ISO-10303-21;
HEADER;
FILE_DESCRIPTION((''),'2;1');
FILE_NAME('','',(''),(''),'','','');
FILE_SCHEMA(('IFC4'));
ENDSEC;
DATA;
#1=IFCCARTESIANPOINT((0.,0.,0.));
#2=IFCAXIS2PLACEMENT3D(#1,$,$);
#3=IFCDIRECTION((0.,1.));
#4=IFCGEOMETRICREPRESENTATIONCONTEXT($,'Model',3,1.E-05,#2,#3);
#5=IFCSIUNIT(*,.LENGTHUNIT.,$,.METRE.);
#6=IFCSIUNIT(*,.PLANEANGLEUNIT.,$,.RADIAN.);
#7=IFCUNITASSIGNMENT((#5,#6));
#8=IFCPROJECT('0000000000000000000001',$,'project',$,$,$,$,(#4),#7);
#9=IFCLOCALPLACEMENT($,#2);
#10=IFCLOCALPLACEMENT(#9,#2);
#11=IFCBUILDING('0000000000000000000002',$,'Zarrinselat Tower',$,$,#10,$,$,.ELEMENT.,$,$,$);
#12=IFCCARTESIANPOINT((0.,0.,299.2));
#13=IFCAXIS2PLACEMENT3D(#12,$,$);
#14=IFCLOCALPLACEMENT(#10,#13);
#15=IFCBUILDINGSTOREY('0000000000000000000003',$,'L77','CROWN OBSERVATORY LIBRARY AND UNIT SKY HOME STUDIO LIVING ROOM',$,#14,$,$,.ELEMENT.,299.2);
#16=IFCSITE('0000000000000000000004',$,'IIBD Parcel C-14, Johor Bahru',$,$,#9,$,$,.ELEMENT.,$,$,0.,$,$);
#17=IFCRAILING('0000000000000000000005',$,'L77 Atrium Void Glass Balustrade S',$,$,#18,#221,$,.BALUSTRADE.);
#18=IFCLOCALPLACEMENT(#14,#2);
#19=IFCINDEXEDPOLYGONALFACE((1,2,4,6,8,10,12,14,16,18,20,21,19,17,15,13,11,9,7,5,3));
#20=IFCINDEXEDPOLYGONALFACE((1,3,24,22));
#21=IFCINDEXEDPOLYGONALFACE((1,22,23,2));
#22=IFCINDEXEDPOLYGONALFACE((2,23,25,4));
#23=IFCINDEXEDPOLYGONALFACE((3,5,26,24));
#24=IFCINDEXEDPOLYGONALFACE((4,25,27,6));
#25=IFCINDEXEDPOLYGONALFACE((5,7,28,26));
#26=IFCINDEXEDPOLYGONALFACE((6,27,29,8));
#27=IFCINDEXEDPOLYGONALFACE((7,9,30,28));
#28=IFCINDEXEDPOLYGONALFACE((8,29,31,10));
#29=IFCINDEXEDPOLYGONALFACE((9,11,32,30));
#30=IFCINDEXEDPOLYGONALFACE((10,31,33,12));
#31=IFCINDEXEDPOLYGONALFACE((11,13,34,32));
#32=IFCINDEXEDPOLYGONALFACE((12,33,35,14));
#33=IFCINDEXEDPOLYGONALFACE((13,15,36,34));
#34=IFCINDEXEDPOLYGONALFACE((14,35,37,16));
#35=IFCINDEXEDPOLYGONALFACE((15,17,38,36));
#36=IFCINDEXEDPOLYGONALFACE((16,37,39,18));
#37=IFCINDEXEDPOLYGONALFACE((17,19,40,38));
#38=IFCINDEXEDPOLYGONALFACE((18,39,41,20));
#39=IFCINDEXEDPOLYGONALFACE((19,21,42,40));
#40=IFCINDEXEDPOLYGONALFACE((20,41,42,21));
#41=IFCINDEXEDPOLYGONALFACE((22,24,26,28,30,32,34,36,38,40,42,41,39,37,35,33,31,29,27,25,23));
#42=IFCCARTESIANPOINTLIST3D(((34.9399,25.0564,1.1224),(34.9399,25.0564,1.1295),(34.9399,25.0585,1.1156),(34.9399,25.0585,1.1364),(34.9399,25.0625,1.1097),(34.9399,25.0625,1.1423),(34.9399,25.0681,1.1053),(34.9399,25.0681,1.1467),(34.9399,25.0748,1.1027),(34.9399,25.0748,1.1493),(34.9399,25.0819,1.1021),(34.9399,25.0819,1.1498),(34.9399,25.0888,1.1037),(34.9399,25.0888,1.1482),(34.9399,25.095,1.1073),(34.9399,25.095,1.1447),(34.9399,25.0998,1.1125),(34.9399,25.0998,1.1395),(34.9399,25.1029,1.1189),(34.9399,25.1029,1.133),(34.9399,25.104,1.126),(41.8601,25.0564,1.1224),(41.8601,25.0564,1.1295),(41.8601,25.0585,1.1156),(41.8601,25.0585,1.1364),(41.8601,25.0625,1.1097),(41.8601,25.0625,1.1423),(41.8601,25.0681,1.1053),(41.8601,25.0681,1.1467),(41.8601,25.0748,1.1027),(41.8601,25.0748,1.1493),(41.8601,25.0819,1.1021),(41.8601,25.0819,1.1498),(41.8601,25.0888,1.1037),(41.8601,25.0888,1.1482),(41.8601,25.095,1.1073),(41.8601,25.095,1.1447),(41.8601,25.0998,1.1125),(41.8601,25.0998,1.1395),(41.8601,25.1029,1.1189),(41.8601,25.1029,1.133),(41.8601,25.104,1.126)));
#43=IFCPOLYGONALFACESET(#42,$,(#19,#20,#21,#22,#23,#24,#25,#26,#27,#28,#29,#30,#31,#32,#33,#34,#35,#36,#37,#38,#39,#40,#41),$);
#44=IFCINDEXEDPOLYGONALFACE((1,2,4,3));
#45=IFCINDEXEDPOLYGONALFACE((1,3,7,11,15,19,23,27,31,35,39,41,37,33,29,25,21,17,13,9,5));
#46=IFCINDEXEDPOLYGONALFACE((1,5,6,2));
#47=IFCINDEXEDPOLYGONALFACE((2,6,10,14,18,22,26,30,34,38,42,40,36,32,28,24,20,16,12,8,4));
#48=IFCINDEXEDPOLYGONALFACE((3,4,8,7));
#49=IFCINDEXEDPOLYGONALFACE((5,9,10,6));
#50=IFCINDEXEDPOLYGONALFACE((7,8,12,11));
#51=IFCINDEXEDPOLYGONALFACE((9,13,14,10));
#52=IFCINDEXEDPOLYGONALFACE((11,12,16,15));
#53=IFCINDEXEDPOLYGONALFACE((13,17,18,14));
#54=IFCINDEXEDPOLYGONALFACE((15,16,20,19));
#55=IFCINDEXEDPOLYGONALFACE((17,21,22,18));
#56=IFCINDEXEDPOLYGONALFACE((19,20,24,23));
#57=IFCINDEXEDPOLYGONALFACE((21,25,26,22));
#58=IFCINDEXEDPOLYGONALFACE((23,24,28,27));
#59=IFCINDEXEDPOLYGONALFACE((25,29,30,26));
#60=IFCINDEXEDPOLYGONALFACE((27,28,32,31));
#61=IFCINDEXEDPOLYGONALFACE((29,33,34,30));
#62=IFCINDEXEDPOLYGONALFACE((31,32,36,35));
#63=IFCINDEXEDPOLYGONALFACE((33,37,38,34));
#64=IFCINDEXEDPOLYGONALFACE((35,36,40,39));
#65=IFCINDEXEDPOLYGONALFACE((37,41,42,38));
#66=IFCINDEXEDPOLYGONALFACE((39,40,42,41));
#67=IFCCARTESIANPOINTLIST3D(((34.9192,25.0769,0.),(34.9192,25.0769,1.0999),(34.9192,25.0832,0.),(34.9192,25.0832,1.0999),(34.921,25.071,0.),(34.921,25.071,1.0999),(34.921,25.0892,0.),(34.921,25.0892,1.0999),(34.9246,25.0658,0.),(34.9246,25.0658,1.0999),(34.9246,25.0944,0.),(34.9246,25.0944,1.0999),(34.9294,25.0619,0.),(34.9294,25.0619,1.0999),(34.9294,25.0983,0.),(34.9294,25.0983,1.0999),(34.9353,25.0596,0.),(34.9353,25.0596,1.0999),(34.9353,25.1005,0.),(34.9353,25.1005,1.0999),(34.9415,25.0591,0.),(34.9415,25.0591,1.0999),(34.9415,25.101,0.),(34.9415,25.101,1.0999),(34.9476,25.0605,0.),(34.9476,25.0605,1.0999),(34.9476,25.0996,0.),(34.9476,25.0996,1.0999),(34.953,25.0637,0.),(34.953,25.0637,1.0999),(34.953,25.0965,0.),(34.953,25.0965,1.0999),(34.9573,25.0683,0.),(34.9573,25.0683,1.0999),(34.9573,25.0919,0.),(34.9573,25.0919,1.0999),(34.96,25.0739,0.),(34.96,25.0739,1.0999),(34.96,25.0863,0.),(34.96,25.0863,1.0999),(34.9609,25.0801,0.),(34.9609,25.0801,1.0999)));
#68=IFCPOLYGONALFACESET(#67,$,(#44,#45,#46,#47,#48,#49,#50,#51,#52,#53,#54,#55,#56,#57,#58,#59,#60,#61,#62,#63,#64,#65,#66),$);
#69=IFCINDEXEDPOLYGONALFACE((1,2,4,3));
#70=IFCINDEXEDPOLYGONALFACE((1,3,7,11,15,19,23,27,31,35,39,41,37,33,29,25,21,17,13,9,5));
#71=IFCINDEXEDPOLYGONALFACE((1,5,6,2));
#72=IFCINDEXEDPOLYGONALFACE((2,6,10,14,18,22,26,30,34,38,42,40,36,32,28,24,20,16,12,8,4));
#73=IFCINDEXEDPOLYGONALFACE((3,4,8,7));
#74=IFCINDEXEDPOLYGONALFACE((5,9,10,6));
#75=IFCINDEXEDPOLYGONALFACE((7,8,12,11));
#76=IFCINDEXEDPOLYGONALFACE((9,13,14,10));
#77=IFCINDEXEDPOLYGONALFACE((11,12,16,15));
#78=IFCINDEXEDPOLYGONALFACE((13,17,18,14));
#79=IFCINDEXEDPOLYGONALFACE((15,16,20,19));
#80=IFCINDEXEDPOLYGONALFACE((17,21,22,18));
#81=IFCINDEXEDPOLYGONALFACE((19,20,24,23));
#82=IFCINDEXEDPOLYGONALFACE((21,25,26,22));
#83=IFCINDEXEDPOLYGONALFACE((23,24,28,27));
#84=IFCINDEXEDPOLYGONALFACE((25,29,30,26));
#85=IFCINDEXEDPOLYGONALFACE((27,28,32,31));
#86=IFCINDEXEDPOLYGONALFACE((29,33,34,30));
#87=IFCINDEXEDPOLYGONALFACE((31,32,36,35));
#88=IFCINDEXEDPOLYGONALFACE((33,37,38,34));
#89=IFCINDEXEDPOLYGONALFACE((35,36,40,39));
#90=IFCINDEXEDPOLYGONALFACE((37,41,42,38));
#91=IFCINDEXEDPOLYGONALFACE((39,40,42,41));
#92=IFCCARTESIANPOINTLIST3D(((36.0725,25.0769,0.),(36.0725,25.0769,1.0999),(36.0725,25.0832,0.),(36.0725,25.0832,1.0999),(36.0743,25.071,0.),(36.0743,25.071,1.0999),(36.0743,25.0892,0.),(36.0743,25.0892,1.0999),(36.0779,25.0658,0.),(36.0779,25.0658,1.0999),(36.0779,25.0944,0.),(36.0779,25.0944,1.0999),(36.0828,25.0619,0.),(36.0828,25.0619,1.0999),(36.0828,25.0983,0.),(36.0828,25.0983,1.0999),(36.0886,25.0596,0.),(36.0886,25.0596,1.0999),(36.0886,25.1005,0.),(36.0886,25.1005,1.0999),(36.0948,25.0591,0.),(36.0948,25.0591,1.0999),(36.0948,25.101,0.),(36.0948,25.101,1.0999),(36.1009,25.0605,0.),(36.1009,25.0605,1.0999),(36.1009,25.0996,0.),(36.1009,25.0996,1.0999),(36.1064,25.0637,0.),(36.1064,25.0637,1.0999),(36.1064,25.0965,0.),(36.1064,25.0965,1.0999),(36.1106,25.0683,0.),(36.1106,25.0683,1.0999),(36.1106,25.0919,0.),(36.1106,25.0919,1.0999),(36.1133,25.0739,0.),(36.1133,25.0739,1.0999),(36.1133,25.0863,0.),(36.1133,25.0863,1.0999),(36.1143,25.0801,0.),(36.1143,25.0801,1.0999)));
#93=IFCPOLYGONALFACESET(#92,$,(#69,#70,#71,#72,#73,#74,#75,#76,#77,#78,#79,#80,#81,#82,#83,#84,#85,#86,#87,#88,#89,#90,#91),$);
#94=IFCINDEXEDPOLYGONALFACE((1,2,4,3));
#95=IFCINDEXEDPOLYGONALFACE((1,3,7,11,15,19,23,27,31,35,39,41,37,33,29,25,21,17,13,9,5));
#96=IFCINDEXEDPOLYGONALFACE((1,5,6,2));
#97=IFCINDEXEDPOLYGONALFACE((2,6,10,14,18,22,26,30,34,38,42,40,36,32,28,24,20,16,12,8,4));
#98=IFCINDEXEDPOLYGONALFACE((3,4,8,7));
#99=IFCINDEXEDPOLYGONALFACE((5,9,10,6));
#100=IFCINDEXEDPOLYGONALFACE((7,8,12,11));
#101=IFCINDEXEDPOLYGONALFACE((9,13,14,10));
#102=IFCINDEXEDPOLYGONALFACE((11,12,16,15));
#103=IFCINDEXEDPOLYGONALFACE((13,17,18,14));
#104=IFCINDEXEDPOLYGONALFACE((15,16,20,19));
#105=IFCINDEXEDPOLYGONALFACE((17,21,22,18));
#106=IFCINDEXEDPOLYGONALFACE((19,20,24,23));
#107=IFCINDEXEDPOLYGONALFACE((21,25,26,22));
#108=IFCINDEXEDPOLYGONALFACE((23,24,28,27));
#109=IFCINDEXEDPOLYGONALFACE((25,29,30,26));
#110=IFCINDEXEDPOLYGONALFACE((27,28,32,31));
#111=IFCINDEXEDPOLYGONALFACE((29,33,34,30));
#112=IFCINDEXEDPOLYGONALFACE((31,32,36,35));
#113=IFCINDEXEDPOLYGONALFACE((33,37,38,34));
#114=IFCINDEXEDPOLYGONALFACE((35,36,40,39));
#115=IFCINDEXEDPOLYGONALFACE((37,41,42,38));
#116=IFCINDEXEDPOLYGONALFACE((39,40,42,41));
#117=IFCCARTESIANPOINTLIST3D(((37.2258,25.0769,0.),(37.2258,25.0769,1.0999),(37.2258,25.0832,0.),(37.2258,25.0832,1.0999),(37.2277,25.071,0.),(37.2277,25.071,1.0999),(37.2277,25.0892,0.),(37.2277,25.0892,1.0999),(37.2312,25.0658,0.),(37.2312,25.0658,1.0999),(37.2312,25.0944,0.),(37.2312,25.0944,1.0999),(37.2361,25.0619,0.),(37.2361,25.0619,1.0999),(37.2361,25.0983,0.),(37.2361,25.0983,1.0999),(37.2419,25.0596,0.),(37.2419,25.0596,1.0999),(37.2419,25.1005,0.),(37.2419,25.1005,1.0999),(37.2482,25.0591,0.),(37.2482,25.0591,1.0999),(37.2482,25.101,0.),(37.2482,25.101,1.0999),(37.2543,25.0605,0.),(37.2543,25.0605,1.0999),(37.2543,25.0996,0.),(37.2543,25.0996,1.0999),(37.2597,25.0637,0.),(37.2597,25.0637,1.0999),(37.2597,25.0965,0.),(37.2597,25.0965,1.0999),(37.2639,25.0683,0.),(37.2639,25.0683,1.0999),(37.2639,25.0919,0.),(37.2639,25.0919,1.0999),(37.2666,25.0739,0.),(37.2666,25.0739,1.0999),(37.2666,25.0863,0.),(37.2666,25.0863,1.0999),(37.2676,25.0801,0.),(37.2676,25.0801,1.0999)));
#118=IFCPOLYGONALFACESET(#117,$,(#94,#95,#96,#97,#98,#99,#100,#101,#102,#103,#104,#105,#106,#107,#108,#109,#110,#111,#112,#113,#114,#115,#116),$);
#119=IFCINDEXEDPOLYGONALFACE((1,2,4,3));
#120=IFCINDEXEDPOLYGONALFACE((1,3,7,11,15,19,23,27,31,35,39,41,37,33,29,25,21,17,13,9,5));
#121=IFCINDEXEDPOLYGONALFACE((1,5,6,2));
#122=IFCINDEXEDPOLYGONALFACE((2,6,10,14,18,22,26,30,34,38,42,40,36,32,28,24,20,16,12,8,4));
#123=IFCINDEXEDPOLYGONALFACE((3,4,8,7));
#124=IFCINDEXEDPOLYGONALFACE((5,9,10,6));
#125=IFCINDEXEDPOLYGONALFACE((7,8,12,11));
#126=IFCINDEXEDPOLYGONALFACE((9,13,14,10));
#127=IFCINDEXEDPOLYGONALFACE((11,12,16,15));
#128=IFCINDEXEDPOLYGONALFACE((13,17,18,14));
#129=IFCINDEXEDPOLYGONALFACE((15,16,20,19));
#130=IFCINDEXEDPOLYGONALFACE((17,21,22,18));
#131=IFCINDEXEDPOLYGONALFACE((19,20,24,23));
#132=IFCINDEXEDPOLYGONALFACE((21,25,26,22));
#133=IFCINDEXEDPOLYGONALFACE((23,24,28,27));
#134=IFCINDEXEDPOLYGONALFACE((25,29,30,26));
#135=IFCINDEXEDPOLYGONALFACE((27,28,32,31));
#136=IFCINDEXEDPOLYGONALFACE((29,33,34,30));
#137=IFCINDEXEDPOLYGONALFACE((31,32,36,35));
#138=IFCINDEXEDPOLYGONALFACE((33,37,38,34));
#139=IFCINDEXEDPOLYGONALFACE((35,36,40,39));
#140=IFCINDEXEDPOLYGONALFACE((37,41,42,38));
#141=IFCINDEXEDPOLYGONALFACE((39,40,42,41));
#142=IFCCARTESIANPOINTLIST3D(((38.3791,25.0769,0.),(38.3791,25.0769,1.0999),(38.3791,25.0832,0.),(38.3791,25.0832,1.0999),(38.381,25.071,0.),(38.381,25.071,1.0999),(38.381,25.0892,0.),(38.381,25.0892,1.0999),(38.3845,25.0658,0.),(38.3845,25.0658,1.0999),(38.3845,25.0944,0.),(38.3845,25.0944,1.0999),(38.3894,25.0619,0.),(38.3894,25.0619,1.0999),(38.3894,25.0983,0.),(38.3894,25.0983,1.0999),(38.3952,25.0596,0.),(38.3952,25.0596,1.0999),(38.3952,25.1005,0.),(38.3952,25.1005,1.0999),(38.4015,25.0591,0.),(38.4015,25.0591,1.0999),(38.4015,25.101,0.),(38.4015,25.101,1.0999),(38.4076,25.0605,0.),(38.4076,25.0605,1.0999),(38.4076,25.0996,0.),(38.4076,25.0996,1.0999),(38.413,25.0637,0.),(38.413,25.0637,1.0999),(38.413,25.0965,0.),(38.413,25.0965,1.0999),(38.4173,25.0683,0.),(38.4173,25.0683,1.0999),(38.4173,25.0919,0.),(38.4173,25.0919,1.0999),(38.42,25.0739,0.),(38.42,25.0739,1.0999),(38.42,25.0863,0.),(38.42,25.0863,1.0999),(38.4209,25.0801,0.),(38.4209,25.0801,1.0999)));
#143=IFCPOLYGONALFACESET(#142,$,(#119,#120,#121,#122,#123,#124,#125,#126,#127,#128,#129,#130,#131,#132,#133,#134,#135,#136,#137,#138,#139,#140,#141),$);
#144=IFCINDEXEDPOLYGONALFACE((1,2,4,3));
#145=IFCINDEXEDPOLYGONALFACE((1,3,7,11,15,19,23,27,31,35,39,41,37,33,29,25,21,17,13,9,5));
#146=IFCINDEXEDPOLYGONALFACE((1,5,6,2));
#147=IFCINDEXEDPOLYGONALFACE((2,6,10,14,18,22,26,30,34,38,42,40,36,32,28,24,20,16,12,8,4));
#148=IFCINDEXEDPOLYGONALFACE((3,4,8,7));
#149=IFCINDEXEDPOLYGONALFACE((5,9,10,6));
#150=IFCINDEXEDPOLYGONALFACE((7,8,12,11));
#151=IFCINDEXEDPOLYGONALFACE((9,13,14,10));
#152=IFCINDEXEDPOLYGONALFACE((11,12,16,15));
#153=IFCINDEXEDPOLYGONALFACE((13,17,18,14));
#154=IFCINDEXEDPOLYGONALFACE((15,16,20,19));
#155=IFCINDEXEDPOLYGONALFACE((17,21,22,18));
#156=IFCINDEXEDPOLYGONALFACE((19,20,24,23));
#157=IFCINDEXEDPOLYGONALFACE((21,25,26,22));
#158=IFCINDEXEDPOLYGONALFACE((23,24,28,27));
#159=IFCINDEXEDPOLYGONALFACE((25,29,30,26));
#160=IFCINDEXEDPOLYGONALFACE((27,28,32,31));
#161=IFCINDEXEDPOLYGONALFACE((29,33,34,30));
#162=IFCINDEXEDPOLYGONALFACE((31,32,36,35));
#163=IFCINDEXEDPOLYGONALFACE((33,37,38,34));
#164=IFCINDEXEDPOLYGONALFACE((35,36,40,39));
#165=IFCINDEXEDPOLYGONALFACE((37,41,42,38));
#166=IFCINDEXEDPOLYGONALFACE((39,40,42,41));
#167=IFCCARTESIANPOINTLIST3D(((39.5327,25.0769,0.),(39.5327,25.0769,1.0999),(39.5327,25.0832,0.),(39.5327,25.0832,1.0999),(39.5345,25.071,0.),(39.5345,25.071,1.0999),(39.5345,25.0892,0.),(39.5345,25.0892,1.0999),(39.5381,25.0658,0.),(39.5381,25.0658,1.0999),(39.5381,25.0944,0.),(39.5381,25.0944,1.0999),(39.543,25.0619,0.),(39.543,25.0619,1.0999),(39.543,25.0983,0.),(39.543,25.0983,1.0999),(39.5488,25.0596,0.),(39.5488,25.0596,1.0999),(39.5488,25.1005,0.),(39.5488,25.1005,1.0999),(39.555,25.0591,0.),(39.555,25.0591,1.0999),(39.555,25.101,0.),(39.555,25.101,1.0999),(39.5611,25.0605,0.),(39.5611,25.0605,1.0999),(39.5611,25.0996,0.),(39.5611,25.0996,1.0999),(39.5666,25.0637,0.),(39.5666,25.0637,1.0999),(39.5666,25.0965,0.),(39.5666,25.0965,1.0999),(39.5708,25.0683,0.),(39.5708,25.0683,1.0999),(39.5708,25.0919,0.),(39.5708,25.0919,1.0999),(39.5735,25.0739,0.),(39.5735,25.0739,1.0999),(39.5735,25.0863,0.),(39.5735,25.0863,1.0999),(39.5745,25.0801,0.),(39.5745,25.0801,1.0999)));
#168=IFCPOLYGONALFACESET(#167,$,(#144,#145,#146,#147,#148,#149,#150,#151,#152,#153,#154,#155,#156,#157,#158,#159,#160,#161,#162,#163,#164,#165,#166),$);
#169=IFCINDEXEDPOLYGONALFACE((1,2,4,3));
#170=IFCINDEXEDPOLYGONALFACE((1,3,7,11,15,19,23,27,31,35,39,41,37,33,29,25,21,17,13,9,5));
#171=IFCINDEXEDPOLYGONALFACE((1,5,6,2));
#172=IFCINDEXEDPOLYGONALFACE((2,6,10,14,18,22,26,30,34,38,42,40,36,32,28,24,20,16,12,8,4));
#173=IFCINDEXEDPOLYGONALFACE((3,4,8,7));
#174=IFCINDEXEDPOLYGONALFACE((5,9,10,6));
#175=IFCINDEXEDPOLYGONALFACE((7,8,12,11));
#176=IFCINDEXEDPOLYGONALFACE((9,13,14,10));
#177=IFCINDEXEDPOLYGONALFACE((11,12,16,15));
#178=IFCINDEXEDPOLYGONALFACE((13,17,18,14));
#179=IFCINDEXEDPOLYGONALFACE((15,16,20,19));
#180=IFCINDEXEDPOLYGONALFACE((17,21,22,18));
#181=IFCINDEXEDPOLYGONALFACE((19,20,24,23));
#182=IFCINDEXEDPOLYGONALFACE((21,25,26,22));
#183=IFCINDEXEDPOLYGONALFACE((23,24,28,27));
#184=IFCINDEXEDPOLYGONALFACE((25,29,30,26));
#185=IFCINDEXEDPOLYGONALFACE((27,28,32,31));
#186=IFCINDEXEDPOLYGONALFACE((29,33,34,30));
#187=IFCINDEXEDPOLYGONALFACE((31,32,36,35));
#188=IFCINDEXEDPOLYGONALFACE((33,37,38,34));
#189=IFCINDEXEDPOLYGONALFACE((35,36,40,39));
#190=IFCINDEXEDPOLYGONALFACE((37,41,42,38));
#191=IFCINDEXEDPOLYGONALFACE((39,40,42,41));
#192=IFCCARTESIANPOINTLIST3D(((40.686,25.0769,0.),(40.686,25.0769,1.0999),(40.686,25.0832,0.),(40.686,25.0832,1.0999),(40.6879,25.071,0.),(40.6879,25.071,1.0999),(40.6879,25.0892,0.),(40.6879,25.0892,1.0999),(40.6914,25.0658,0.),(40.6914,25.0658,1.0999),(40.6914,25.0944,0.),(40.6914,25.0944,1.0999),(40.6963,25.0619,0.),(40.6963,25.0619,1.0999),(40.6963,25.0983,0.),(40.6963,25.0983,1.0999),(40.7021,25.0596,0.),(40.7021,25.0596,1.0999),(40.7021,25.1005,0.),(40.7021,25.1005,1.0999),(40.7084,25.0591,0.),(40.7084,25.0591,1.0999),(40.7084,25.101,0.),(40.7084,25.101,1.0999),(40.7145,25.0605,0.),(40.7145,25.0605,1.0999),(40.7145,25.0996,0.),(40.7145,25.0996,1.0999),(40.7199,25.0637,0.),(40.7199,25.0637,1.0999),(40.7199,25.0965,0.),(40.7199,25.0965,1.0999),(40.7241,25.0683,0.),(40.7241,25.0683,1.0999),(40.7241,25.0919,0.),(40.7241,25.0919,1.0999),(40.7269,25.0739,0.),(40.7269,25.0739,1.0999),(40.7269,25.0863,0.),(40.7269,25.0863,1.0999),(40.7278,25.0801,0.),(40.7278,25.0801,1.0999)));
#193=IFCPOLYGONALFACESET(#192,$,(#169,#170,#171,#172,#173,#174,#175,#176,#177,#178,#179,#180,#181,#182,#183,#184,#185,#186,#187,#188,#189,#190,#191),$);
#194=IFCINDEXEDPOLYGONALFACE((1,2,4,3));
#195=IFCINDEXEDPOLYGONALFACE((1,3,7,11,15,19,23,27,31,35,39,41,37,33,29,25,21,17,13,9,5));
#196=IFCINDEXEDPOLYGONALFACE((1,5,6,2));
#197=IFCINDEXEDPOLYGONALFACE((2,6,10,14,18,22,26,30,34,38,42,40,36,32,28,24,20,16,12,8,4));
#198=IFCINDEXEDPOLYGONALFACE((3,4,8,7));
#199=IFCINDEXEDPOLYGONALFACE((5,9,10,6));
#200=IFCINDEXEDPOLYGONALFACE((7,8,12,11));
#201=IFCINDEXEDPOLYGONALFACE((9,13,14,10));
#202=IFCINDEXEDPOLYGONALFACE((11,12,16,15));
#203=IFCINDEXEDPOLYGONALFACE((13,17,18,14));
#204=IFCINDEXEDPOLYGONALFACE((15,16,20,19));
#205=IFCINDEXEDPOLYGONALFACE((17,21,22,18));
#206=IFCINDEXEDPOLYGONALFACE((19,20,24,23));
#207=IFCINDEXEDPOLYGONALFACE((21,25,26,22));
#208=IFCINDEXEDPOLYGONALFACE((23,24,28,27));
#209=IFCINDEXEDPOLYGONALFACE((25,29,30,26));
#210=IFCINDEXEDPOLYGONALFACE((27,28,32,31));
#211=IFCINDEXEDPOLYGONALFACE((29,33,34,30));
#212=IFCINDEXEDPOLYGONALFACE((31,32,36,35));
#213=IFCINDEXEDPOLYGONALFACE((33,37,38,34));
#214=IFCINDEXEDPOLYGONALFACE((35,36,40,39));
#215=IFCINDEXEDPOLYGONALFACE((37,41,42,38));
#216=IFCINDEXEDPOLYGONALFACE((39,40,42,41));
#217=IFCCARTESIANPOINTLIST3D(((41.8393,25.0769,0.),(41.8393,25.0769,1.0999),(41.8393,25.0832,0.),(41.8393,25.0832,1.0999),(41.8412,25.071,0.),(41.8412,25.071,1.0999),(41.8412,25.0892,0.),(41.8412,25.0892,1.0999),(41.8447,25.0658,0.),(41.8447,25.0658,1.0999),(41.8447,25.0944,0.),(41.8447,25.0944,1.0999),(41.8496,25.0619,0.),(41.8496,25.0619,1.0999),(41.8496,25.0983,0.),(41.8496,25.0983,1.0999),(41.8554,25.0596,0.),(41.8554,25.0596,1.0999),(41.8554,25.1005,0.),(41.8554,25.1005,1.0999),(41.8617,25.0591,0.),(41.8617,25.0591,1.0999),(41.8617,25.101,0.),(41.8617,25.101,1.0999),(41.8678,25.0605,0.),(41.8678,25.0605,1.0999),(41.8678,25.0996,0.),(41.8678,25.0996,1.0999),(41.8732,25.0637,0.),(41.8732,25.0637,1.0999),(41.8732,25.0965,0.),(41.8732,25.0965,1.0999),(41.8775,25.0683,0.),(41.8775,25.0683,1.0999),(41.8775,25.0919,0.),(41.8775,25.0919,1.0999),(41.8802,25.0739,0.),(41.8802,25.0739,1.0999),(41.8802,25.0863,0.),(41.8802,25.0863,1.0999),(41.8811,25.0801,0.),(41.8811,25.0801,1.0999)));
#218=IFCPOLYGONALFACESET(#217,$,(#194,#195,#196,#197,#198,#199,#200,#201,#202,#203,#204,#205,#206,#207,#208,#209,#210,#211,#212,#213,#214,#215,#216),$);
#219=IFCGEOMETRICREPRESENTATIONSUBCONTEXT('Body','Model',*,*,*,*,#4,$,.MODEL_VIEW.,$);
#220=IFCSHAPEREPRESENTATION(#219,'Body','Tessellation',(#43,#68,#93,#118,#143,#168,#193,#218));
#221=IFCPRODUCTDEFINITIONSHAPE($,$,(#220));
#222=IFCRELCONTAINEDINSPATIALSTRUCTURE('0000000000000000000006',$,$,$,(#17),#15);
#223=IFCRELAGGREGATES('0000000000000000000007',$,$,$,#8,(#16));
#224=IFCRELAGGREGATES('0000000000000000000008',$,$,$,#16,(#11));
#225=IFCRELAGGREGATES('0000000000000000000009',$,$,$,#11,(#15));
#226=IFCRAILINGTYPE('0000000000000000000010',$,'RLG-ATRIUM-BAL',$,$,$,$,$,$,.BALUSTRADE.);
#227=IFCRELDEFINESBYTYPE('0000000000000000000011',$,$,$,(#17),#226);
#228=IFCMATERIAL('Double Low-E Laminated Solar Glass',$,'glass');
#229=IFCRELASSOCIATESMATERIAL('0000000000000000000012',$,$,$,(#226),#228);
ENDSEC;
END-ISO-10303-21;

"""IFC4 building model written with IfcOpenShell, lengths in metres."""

from ifc_helpers import new_model, si_unit, direction, frame, origin, origin_2d, place, context, subcontext, project, spatial, circle, extrude, material, type_object, element, save


model = new_model("IFC4")

# Units and contexts
model_context = context("Model", 3, precision=1e-05, world=origin(), true_north=direction((0.0, 1.0)))
body_context = subcontext(model_context, "Body", "Model", "MODEL_VIEW")
ifc_project = project(units=[si_unit("LENGTHUNIT", "METRE"), si_unit("PLANEANGLEUNIT", "RADIAN")], contexts=[model_context])

# Site, building, storey
site_placement = place(None, origin())
site = spatial("IfcSite", under=ifc_project, at=site_placement, Name="IIBD Parcel C-14, Johor Bahru", CompositionType="ELEMENT", RefElevation=0.0)
building_placement = place(site_placement, origin())
building = spatial("IfcBuilding", under=site, at=building_placement, Name="Zarrinselat Tower", CompositionType="ELEMENT")
storey_placement = place(building_placement, frame((0.0, 0.0, 299.2)))
storey = spatial("IfcBuildingStorey", under=building, at=storey_placement, Name="L77", Description="CROWN OBSERVATORY LIBRARY AND UNIT SKY HOME STUDIO LIVING ROOM", CompositionType="ELEMENT", Elevation=299.2)

# Railing
ifc_material_1 = material(Name="Double Low-E Laminated Solar Glass", Category="glass")
railing_type_1 = type_object("IfcRailingType", Name="RLG-ATRIUM-BAL", PredefinedType="BALUSTRADE", material=ifc_material_1)
railing_1_placement = place(storey_placement, frame((34.9399, 25.0801, 0.0)))
element("IfcRailing", 1, at=railing_1_placement, inside=storey, type_object=railing_type_1, Name="L77 Atrium Void Glass Balustrade S", PredefinedType="BALUSTRADE", context=body_context, shape_type="SweptSolid", body=[
    extrude(circle(Radius=0.0239, at=origin_2d()), frame((0.0, 0.0, 1.126), z_axis=(1.0, 0.0, 0.0), x_axis=(0.0, 1.0, 0.0)), (0.0, 0.0, 1.0), 6.9202),
    extrude(circle(Radius=0.021, at=origin_2d()), origin(), (0.0, 0.0, 1.0), 1.0999),
    extrude(circle(Radius=0.021, at=origin_2d()), frame((1.1533, 0.0, 0.0)), (0.0, 0.0, 1.0), 1.0999),
    extrude(circle(Radius=0.021, at=origin_2d()), frame((2.3066, 0.0, 0.0)), (0.0, 0.0, 1.0), 1.0999),
    extrude(circle(Radius=0.021, at=origin_2d()), frame((3.46, 0.0, 0.0)), (0.0, 0.0, 1.0), 1.0999),
    extrude(circle(Radius=0.021, at=origin_2d()), frame((4.6135, 0.0, 0.0)), (0.0, 0.0, 1.0), 1.0999),
    extrude(circle(Radius=0.021, at=origin_2d()), frame((5.7668, 0.0, 0.0)), (0.0, 0.0, 1.0), 1.0999),
    extrude(circle(Radius=0.021, at=origin_2d()), frame((6.9202, 0.0, 0.0)), (0.0, 0.0, 1.0), 1.0999),
])

save(model, "model.ifc")
